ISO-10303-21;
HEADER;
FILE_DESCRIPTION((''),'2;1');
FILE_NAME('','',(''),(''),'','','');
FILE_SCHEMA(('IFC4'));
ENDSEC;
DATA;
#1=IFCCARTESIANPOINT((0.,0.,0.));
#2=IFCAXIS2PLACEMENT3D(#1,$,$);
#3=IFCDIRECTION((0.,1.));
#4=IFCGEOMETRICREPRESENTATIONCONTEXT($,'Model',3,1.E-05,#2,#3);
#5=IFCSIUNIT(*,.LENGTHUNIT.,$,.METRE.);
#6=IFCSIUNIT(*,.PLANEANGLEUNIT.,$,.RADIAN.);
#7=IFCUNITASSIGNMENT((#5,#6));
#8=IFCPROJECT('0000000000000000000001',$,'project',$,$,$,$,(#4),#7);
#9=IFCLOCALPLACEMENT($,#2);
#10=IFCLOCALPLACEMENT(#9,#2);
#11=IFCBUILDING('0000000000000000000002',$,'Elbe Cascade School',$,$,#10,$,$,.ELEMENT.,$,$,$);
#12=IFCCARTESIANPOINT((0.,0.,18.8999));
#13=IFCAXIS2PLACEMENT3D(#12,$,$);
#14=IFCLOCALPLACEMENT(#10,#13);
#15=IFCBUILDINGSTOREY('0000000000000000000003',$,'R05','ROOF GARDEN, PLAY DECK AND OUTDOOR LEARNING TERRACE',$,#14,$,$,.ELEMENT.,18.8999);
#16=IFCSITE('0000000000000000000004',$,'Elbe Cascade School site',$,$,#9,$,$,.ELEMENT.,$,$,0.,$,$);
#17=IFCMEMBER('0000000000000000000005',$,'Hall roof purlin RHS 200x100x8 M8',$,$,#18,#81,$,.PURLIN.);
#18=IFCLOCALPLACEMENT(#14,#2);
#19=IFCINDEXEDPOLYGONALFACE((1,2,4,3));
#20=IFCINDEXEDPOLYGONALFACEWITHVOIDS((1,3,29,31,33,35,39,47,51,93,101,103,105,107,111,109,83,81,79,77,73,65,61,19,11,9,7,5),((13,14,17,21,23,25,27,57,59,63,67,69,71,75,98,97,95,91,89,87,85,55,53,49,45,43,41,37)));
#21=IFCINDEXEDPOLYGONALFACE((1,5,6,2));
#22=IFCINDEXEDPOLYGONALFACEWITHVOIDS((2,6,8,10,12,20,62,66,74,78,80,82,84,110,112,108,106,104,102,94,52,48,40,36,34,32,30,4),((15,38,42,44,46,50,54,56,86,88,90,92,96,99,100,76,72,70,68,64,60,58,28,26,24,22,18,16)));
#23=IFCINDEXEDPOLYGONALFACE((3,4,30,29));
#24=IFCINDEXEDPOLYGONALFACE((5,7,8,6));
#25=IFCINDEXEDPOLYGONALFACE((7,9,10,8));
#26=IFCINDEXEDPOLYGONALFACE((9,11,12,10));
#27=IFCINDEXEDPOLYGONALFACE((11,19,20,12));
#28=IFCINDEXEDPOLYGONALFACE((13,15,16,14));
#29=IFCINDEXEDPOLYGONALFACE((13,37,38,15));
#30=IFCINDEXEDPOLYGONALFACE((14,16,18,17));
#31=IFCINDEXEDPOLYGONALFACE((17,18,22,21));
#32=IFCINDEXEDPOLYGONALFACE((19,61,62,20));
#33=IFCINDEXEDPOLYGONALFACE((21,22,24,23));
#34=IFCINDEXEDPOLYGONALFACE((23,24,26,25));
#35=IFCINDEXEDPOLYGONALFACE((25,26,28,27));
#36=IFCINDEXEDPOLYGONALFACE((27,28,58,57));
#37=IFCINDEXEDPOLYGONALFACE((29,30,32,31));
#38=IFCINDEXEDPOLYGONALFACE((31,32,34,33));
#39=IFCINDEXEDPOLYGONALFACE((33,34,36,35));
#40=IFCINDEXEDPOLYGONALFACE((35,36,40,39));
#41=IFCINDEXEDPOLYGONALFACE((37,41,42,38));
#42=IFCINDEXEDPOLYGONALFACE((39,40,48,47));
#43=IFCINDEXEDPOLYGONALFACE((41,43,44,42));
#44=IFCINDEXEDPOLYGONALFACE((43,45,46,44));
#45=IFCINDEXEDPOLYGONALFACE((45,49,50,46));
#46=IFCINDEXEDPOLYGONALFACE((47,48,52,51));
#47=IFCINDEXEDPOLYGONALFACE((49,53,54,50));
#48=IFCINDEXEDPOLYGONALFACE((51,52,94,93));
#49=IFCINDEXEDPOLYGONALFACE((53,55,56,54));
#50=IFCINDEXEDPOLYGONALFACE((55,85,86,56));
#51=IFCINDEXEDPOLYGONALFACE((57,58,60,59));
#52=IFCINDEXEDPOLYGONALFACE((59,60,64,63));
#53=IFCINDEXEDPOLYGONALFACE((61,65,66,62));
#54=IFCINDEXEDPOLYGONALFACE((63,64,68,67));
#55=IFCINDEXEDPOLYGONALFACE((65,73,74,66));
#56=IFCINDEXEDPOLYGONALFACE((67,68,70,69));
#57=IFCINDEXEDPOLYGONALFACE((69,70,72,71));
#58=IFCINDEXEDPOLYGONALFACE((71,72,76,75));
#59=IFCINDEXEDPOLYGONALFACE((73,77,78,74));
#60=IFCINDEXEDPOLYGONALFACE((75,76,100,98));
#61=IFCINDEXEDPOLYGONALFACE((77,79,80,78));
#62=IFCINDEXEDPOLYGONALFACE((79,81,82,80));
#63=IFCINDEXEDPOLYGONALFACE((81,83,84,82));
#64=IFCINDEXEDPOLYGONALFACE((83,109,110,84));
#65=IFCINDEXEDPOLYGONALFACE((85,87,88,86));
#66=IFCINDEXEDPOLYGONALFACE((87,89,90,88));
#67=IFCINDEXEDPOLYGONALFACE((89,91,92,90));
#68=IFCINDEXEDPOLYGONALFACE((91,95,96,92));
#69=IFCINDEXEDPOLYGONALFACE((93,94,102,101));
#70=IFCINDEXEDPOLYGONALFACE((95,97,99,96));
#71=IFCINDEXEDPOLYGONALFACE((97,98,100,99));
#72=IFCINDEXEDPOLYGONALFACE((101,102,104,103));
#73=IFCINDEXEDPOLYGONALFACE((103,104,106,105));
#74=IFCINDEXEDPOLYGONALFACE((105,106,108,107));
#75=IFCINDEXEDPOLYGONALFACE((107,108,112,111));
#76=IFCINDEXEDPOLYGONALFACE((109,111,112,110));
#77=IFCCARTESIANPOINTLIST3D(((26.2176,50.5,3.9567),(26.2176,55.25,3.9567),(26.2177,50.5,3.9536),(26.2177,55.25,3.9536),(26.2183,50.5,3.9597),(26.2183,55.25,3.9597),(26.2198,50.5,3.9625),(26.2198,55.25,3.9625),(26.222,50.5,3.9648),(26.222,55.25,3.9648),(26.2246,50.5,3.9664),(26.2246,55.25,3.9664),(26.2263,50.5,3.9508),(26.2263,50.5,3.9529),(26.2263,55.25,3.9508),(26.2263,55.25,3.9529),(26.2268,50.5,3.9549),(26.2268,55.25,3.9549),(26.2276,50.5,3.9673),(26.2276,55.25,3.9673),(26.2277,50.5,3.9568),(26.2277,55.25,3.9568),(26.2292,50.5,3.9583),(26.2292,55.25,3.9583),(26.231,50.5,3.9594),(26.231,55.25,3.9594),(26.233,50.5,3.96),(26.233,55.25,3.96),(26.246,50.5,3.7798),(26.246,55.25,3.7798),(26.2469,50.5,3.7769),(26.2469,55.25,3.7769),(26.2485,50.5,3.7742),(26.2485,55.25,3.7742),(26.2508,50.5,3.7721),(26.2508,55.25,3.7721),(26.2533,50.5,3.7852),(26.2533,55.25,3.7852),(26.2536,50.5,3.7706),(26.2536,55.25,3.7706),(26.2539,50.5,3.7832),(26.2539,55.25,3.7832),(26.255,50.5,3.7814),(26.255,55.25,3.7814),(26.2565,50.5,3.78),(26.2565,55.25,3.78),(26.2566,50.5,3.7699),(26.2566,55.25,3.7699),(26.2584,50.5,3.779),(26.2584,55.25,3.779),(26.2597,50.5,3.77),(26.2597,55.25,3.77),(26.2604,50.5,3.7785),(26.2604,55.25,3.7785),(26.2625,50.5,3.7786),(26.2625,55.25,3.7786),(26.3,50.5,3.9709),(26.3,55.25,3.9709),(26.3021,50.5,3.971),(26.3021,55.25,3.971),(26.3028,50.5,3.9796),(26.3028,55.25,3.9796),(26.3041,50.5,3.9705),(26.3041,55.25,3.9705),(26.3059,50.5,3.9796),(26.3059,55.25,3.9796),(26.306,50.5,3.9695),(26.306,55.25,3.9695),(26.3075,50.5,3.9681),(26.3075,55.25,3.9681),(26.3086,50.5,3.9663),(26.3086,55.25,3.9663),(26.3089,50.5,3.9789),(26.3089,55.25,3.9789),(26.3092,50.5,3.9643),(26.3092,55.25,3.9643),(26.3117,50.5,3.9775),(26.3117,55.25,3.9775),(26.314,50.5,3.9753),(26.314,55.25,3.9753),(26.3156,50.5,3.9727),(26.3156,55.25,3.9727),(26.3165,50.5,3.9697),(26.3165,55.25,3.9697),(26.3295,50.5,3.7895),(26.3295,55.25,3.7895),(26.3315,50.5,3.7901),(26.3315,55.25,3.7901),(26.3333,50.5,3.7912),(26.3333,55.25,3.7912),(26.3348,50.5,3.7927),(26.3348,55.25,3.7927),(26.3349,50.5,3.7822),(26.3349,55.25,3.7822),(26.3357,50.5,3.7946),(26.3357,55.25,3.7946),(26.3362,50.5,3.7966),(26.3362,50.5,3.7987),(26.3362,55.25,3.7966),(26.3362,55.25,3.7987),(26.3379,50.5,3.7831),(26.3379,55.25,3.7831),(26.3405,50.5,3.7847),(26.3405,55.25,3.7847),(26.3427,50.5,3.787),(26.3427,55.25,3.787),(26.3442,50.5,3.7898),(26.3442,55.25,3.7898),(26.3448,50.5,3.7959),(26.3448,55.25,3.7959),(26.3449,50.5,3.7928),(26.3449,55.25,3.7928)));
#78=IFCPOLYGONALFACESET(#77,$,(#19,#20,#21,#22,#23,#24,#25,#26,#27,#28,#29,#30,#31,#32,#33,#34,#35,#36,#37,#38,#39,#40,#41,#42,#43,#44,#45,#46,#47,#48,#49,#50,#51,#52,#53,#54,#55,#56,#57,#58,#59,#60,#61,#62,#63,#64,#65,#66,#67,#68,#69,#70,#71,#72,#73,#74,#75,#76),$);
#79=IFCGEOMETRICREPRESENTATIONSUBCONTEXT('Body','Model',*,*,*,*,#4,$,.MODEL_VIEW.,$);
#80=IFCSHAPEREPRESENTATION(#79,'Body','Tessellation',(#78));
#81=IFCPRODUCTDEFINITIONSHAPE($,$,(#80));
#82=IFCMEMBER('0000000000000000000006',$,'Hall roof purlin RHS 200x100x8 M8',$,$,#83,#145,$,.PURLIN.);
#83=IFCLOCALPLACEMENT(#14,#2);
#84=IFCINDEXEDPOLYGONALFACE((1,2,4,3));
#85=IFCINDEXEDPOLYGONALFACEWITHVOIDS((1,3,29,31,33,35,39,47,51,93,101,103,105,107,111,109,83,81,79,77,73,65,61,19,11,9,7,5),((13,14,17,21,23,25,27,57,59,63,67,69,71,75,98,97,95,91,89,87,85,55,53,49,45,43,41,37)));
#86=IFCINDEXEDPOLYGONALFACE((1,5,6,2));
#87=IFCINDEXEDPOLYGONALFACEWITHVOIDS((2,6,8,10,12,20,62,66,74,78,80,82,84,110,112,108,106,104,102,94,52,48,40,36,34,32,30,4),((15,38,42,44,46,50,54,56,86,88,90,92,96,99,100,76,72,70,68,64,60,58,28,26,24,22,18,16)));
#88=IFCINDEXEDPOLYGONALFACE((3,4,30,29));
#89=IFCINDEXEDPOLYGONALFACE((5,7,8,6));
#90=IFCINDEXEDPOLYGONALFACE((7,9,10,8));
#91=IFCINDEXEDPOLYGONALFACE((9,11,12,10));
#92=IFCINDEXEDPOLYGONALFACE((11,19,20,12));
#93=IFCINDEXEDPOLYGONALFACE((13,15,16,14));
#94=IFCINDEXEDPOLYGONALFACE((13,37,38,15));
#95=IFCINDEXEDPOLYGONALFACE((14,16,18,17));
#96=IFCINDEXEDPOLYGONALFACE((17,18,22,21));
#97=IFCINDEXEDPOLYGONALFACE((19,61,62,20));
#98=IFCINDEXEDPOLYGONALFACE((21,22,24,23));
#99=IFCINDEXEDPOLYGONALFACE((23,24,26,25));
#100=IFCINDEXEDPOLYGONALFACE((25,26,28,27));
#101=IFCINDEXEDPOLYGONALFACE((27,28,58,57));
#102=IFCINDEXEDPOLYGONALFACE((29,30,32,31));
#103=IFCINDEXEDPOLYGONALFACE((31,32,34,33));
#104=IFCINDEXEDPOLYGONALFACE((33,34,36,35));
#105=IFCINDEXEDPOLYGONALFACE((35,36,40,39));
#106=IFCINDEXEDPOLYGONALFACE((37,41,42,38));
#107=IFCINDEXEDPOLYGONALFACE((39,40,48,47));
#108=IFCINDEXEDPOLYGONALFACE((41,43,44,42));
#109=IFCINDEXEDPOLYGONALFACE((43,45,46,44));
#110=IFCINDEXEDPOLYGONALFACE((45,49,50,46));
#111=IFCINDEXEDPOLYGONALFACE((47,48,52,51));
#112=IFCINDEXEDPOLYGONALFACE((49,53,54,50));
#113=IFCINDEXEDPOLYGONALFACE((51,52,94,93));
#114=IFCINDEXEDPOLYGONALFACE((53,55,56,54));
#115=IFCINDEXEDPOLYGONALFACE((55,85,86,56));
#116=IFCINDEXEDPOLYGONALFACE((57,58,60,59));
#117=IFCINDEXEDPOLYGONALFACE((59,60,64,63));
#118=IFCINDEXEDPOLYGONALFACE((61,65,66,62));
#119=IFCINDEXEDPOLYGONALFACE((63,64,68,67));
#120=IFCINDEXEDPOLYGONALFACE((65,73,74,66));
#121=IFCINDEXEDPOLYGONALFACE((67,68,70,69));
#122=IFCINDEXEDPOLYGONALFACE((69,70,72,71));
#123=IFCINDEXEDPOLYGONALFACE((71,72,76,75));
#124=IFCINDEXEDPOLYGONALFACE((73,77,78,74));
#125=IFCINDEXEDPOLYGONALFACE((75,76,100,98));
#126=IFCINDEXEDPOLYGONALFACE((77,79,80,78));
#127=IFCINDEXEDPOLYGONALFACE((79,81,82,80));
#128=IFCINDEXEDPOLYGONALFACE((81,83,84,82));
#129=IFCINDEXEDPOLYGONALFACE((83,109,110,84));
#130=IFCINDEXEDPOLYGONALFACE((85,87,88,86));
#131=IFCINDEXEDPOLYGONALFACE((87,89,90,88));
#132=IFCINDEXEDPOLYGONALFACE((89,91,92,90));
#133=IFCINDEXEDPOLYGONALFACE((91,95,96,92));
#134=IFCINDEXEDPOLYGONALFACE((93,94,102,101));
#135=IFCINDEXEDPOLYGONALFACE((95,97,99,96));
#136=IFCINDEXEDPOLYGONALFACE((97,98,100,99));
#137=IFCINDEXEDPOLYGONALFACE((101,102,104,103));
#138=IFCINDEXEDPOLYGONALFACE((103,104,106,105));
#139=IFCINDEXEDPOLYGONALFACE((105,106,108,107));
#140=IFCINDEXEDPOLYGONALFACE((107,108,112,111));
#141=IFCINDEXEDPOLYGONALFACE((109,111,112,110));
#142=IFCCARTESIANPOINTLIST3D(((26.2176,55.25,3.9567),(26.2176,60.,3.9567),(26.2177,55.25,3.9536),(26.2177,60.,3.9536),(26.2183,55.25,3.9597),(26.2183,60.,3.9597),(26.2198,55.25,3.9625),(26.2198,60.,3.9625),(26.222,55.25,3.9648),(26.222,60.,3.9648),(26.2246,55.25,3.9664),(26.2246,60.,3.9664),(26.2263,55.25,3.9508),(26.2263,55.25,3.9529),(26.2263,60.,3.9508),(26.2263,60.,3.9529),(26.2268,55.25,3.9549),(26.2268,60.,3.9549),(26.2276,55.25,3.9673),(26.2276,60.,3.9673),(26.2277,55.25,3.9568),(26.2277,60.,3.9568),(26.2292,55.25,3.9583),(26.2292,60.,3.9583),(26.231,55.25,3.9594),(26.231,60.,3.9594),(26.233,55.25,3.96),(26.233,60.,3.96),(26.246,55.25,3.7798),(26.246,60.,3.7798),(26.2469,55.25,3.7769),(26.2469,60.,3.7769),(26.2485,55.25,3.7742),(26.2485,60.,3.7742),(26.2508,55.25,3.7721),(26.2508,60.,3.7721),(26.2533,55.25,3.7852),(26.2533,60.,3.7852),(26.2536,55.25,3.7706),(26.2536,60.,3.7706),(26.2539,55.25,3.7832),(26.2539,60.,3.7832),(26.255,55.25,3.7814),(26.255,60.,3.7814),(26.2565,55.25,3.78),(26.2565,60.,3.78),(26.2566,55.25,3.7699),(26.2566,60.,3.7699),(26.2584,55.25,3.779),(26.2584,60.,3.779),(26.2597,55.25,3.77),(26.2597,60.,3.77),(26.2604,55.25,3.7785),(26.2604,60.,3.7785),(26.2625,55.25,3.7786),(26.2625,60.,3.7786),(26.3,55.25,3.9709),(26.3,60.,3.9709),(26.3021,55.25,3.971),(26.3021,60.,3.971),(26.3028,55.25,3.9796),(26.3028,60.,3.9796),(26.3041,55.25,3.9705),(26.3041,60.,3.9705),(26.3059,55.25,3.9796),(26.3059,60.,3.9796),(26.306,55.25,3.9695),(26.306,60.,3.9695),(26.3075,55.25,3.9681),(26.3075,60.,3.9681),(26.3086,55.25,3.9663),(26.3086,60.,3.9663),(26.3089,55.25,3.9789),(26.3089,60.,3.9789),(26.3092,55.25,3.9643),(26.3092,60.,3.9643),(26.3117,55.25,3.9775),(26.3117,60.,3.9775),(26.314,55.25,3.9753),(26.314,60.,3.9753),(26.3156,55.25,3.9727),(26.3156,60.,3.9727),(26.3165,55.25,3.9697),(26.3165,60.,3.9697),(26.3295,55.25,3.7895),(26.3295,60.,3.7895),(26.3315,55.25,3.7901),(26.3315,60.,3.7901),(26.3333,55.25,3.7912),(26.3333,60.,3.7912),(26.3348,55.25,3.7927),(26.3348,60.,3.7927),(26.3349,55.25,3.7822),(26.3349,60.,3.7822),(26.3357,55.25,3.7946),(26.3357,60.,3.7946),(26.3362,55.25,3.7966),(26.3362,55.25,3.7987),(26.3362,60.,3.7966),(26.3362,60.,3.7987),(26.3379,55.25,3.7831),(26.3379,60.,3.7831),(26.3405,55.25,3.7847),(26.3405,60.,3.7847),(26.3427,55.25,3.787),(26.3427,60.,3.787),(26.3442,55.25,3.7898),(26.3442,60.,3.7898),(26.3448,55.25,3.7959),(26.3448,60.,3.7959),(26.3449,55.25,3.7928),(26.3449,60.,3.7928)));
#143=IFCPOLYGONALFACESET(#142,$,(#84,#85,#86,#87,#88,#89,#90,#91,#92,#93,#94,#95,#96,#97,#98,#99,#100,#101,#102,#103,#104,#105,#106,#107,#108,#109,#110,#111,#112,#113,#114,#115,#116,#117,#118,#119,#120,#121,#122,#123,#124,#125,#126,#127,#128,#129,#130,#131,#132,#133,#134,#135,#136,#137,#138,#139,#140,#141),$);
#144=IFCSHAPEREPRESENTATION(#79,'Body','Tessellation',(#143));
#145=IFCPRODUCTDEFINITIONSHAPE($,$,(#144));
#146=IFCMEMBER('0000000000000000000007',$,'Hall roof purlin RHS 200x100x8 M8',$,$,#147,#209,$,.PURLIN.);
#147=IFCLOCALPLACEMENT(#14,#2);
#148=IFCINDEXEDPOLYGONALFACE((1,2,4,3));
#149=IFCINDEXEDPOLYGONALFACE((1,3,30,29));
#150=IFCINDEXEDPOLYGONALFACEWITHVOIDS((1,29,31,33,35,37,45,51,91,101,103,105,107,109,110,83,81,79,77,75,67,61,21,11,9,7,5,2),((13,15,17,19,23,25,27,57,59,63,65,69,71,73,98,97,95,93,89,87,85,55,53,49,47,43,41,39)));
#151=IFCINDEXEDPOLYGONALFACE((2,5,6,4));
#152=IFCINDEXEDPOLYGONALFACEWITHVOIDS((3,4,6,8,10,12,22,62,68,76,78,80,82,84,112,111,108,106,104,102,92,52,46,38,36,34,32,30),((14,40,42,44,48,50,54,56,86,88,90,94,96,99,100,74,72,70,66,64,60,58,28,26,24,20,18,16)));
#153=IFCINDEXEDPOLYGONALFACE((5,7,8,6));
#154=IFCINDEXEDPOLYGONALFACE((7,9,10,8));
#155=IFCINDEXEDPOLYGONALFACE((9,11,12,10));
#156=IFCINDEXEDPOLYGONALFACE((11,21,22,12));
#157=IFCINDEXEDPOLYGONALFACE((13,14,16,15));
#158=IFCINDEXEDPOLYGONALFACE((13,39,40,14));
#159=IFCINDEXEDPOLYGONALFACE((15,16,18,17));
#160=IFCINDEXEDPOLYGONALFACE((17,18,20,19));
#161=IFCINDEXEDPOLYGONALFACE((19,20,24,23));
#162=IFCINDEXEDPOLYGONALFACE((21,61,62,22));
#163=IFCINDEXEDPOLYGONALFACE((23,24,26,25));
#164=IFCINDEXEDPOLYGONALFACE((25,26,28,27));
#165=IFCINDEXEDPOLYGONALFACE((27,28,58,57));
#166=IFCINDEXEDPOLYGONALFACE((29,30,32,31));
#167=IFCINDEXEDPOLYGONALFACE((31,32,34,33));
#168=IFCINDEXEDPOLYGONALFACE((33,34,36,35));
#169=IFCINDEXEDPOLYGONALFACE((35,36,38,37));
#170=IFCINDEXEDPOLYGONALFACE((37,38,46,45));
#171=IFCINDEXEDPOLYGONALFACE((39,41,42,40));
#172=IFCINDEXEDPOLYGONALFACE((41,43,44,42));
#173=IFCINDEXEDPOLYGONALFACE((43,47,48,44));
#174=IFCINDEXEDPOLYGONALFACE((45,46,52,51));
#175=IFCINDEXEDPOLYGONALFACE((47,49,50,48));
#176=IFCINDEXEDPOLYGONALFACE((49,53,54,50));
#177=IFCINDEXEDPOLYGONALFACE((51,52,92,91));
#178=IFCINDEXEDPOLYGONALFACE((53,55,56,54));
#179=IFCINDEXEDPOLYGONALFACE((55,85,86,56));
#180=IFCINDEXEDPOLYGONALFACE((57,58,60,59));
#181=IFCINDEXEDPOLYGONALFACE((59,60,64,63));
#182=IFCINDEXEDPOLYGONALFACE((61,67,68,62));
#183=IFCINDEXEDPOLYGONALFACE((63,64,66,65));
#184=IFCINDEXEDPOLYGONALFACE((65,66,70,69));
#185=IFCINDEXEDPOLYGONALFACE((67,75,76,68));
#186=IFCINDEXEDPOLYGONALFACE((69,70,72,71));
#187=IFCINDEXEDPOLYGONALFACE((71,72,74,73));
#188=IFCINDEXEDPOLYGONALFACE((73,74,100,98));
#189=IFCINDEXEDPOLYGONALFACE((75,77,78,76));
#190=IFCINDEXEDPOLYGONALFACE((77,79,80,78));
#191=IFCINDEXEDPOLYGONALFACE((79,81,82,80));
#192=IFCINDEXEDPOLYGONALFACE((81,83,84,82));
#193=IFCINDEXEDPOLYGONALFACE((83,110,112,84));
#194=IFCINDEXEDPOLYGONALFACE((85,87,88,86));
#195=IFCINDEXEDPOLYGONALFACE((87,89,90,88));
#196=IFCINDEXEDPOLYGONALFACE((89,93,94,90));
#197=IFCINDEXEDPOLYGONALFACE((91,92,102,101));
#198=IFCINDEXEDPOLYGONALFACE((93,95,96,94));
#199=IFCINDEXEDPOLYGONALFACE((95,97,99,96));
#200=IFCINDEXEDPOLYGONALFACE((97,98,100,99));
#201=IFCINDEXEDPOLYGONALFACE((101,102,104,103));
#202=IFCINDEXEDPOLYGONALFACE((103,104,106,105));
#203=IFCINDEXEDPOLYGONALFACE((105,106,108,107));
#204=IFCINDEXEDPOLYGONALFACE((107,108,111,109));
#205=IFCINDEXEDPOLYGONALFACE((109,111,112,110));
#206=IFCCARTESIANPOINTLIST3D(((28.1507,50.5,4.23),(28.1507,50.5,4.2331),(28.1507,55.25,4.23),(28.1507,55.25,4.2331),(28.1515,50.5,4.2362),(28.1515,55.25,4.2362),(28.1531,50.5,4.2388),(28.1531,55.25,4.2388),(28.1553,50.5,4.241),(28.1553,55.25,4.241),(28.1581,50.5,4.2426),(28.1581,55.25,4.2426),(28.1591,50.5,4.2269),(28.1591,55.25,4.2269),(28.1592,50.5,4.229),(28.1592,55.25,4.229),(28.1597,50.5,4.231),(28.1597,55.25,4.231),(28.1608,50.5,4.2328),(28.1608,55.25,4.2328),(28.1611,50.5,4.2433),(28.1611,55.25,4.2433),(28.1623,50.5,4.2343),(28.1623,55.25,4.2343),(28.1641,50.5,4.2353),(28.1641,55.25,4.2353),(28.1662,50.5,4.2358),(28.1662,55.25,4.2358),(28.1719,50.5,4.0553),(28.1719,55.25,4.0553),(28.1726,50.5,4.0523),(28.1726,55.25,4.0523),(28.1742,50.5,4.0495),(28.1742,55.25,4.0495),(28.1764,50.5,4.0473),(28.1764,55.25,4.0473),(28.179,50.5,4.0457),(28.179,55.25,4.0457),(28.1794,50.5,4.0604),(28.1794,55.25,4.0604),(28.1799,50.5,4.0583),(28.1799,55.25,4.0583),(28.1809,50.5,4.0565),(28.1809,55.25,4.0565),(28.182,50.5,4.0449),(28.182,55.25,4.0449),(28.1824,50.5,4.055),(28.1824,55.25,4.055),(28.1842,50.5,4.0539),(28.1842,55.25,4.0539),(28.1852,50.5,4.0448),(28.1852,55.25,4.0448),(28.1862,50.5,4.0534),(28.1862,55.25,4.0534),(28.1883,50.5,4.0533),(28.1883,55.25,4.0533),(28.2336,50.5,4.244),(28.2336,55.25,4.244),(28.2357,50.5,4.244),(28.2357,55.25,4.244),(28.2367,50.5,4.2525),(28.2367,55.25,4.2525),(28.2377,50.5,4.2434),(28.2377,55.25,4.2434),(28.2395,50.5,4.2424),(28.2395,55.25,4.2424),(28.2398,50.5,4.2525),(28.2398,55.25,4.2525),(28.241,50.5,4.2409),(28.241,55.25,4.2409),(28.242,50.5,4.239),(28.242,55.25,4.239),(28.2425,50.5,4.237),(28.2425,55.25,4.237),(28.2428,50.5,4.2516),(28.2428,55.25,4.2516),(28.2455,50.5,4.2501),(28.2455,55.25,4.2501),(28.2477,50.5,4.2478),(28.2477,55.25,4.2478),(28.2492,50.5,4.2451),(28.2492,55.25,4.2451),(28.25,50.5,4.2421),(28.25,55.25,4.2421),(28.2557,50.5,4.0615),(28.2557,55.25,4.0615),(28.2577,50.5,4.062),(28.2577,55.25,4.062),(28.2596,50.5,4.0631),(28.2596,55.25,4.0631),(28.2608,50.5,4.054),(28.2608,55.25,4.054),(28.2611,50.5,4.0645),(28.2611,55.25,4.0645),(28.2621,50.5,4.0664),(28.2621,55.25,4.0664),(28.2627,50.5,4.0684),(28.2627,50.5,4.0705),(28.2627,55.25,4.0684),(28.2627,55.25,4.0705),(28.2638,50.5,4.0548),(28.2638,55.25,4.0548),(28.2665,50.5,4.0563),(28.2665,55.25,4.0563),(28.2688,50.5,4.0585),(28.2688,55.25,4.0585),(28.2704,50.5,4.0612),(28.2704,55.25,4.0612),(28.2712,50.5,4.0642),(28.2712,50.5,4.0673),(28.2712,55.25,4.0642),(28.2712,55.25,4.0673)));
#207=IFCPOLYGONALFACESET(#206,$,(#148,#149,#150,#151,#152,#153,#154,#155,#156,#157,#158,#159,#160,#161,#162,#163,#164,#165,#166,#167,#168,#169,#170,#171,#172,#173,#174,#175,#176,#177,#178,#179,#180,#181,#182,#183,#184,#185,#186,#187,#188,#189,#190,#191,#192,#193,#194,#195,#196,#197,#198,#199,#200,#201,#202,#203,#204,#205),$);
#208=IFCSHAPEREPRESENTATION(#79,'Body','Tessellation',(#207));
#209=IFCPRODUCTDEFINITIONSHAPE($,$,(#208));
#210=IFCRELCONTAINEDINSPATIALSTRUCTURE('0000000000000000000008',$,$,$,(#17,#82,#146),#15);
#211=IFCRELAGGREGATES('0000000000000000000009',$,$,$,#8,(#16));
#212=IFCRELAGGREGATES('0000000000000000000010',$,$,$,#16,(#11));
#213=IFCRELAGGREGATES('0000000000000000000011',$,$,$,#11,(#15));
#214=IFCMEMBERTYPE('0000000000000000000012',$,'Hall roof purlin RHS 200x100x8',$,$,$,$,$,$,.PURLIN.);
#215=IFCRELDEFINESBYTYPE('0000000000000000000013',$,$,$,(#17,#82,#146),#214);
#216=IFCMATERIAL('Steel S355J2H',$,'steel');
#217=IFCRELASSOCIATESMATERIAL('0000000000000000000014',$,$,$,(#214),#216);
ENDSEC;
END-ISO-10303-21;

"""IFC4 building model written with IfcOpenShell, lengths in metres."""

from ifc_helpers import new_model, si_unit, direction, frame, origin, origin_2d, place, context, subcontext, project, spatial, hollow_rectangle, extrude, material, material_profile, profile_set, type_object, element, save


model = new_model("IFC4")

# Units and contexts
model_context = context("Model", 3, precision=1e-05, world=origin(), true_north=direction((0.0, 1.0)))
body_context = subcontext(model_context, "Body", "Model", "MODEL_VIEW")
ifc_project = project(units=[si_unit("LENGTHUNIT", "METRE"), si_unit("PLANEANGLEUNIT", "RADIAN")], contexts=[model_context])

# Site, building, storey
site_placement = place(None, origin())
site = spatial("IfcSite", under=ifc_project, at=site_placement, Name="Elbe Cascade School site", CompositionType="ELEMENT", RefElevation=0.0)
building_placement = place(site_placement, origin())
building = spatial("IfcBuilding", under=site, at=building_placement, Name="Elbe Cascade School", CompositionType="ELEMENT")
storey_placement = place(building_placement, frame((0.0, 0.0, 18.8999)))
storey = spatial("IfcBuildingStorey", under=building, at=storey_placement, Name="R05", Description="ROOF GARDEN, PLAY DECK AND OUTDOOR LEARNING TERRACE", CompositionType="ELEMENT", Elevation=18.8999)

# Members
ifc_material_1 = material(Name="Steel S355J2H", Category="steel")
ifc_material_profile_1 = material_profile(ifc_material_1, hollow_rectangle(XDim=0.1001, YDim=0.2, WallThickness=0.0081, InnerFilletRadius=0.0081, OuterFilletRadius=0.012, at=origin_2d()), Name="RHS 200x100x8")
ifc_profile_set_1 = profile_set([ifc_material_profile_1], Name="Steel S355J2H")
member_type_1 = type_object("IfcMemberType", Name="Hall roof purlin RHS 200x100x8", PredefinedType="PURLIN", material=ifc_profile_set_1)
for number, where, z_axis, x_axis, name in (
    (1, (26.2812, 50.5, 3.8748), (0.0, 1.0, 0.0), (-0.987017, 0.0, -0.160618), "Hall roof purlin RHS 200x100x8 M8"),
    (2, (26.2812, 55.25, 3.8748), (0.0, 1.0, 0.0), (-0.987017, 0.0, -0.160618), "Hall roof purlin RHS 200x100x8 M8"),
    (3, (28.2109, 50.5, 4.1487), (0.0, 1.0, 0.0), (-0.992718, 0.0, -0.120463), "Hall roof purlin RHS 200x100x8 M8"),
):
    element("IfcMember", number, at=place(storey_placement, frame(where, z_axis=z_axis, x_axis=x_axis)), inside=storey, type_object=member_type_1, Name=name, PredefinedType="PURLIN", context=body_context, shape_type="SweptSolid", body=[
        extrude(hollow_rectangle(XDim=0.1001, YDim=0.2, WallThickness=0.0081, InnerFilletRadius=0.0081, OuterFilletRadius=0.012, at=origin_2d()), origin(), (0.0, 0.0, 1.0), 4.75),
    ])

save(model, "model.ifc")
